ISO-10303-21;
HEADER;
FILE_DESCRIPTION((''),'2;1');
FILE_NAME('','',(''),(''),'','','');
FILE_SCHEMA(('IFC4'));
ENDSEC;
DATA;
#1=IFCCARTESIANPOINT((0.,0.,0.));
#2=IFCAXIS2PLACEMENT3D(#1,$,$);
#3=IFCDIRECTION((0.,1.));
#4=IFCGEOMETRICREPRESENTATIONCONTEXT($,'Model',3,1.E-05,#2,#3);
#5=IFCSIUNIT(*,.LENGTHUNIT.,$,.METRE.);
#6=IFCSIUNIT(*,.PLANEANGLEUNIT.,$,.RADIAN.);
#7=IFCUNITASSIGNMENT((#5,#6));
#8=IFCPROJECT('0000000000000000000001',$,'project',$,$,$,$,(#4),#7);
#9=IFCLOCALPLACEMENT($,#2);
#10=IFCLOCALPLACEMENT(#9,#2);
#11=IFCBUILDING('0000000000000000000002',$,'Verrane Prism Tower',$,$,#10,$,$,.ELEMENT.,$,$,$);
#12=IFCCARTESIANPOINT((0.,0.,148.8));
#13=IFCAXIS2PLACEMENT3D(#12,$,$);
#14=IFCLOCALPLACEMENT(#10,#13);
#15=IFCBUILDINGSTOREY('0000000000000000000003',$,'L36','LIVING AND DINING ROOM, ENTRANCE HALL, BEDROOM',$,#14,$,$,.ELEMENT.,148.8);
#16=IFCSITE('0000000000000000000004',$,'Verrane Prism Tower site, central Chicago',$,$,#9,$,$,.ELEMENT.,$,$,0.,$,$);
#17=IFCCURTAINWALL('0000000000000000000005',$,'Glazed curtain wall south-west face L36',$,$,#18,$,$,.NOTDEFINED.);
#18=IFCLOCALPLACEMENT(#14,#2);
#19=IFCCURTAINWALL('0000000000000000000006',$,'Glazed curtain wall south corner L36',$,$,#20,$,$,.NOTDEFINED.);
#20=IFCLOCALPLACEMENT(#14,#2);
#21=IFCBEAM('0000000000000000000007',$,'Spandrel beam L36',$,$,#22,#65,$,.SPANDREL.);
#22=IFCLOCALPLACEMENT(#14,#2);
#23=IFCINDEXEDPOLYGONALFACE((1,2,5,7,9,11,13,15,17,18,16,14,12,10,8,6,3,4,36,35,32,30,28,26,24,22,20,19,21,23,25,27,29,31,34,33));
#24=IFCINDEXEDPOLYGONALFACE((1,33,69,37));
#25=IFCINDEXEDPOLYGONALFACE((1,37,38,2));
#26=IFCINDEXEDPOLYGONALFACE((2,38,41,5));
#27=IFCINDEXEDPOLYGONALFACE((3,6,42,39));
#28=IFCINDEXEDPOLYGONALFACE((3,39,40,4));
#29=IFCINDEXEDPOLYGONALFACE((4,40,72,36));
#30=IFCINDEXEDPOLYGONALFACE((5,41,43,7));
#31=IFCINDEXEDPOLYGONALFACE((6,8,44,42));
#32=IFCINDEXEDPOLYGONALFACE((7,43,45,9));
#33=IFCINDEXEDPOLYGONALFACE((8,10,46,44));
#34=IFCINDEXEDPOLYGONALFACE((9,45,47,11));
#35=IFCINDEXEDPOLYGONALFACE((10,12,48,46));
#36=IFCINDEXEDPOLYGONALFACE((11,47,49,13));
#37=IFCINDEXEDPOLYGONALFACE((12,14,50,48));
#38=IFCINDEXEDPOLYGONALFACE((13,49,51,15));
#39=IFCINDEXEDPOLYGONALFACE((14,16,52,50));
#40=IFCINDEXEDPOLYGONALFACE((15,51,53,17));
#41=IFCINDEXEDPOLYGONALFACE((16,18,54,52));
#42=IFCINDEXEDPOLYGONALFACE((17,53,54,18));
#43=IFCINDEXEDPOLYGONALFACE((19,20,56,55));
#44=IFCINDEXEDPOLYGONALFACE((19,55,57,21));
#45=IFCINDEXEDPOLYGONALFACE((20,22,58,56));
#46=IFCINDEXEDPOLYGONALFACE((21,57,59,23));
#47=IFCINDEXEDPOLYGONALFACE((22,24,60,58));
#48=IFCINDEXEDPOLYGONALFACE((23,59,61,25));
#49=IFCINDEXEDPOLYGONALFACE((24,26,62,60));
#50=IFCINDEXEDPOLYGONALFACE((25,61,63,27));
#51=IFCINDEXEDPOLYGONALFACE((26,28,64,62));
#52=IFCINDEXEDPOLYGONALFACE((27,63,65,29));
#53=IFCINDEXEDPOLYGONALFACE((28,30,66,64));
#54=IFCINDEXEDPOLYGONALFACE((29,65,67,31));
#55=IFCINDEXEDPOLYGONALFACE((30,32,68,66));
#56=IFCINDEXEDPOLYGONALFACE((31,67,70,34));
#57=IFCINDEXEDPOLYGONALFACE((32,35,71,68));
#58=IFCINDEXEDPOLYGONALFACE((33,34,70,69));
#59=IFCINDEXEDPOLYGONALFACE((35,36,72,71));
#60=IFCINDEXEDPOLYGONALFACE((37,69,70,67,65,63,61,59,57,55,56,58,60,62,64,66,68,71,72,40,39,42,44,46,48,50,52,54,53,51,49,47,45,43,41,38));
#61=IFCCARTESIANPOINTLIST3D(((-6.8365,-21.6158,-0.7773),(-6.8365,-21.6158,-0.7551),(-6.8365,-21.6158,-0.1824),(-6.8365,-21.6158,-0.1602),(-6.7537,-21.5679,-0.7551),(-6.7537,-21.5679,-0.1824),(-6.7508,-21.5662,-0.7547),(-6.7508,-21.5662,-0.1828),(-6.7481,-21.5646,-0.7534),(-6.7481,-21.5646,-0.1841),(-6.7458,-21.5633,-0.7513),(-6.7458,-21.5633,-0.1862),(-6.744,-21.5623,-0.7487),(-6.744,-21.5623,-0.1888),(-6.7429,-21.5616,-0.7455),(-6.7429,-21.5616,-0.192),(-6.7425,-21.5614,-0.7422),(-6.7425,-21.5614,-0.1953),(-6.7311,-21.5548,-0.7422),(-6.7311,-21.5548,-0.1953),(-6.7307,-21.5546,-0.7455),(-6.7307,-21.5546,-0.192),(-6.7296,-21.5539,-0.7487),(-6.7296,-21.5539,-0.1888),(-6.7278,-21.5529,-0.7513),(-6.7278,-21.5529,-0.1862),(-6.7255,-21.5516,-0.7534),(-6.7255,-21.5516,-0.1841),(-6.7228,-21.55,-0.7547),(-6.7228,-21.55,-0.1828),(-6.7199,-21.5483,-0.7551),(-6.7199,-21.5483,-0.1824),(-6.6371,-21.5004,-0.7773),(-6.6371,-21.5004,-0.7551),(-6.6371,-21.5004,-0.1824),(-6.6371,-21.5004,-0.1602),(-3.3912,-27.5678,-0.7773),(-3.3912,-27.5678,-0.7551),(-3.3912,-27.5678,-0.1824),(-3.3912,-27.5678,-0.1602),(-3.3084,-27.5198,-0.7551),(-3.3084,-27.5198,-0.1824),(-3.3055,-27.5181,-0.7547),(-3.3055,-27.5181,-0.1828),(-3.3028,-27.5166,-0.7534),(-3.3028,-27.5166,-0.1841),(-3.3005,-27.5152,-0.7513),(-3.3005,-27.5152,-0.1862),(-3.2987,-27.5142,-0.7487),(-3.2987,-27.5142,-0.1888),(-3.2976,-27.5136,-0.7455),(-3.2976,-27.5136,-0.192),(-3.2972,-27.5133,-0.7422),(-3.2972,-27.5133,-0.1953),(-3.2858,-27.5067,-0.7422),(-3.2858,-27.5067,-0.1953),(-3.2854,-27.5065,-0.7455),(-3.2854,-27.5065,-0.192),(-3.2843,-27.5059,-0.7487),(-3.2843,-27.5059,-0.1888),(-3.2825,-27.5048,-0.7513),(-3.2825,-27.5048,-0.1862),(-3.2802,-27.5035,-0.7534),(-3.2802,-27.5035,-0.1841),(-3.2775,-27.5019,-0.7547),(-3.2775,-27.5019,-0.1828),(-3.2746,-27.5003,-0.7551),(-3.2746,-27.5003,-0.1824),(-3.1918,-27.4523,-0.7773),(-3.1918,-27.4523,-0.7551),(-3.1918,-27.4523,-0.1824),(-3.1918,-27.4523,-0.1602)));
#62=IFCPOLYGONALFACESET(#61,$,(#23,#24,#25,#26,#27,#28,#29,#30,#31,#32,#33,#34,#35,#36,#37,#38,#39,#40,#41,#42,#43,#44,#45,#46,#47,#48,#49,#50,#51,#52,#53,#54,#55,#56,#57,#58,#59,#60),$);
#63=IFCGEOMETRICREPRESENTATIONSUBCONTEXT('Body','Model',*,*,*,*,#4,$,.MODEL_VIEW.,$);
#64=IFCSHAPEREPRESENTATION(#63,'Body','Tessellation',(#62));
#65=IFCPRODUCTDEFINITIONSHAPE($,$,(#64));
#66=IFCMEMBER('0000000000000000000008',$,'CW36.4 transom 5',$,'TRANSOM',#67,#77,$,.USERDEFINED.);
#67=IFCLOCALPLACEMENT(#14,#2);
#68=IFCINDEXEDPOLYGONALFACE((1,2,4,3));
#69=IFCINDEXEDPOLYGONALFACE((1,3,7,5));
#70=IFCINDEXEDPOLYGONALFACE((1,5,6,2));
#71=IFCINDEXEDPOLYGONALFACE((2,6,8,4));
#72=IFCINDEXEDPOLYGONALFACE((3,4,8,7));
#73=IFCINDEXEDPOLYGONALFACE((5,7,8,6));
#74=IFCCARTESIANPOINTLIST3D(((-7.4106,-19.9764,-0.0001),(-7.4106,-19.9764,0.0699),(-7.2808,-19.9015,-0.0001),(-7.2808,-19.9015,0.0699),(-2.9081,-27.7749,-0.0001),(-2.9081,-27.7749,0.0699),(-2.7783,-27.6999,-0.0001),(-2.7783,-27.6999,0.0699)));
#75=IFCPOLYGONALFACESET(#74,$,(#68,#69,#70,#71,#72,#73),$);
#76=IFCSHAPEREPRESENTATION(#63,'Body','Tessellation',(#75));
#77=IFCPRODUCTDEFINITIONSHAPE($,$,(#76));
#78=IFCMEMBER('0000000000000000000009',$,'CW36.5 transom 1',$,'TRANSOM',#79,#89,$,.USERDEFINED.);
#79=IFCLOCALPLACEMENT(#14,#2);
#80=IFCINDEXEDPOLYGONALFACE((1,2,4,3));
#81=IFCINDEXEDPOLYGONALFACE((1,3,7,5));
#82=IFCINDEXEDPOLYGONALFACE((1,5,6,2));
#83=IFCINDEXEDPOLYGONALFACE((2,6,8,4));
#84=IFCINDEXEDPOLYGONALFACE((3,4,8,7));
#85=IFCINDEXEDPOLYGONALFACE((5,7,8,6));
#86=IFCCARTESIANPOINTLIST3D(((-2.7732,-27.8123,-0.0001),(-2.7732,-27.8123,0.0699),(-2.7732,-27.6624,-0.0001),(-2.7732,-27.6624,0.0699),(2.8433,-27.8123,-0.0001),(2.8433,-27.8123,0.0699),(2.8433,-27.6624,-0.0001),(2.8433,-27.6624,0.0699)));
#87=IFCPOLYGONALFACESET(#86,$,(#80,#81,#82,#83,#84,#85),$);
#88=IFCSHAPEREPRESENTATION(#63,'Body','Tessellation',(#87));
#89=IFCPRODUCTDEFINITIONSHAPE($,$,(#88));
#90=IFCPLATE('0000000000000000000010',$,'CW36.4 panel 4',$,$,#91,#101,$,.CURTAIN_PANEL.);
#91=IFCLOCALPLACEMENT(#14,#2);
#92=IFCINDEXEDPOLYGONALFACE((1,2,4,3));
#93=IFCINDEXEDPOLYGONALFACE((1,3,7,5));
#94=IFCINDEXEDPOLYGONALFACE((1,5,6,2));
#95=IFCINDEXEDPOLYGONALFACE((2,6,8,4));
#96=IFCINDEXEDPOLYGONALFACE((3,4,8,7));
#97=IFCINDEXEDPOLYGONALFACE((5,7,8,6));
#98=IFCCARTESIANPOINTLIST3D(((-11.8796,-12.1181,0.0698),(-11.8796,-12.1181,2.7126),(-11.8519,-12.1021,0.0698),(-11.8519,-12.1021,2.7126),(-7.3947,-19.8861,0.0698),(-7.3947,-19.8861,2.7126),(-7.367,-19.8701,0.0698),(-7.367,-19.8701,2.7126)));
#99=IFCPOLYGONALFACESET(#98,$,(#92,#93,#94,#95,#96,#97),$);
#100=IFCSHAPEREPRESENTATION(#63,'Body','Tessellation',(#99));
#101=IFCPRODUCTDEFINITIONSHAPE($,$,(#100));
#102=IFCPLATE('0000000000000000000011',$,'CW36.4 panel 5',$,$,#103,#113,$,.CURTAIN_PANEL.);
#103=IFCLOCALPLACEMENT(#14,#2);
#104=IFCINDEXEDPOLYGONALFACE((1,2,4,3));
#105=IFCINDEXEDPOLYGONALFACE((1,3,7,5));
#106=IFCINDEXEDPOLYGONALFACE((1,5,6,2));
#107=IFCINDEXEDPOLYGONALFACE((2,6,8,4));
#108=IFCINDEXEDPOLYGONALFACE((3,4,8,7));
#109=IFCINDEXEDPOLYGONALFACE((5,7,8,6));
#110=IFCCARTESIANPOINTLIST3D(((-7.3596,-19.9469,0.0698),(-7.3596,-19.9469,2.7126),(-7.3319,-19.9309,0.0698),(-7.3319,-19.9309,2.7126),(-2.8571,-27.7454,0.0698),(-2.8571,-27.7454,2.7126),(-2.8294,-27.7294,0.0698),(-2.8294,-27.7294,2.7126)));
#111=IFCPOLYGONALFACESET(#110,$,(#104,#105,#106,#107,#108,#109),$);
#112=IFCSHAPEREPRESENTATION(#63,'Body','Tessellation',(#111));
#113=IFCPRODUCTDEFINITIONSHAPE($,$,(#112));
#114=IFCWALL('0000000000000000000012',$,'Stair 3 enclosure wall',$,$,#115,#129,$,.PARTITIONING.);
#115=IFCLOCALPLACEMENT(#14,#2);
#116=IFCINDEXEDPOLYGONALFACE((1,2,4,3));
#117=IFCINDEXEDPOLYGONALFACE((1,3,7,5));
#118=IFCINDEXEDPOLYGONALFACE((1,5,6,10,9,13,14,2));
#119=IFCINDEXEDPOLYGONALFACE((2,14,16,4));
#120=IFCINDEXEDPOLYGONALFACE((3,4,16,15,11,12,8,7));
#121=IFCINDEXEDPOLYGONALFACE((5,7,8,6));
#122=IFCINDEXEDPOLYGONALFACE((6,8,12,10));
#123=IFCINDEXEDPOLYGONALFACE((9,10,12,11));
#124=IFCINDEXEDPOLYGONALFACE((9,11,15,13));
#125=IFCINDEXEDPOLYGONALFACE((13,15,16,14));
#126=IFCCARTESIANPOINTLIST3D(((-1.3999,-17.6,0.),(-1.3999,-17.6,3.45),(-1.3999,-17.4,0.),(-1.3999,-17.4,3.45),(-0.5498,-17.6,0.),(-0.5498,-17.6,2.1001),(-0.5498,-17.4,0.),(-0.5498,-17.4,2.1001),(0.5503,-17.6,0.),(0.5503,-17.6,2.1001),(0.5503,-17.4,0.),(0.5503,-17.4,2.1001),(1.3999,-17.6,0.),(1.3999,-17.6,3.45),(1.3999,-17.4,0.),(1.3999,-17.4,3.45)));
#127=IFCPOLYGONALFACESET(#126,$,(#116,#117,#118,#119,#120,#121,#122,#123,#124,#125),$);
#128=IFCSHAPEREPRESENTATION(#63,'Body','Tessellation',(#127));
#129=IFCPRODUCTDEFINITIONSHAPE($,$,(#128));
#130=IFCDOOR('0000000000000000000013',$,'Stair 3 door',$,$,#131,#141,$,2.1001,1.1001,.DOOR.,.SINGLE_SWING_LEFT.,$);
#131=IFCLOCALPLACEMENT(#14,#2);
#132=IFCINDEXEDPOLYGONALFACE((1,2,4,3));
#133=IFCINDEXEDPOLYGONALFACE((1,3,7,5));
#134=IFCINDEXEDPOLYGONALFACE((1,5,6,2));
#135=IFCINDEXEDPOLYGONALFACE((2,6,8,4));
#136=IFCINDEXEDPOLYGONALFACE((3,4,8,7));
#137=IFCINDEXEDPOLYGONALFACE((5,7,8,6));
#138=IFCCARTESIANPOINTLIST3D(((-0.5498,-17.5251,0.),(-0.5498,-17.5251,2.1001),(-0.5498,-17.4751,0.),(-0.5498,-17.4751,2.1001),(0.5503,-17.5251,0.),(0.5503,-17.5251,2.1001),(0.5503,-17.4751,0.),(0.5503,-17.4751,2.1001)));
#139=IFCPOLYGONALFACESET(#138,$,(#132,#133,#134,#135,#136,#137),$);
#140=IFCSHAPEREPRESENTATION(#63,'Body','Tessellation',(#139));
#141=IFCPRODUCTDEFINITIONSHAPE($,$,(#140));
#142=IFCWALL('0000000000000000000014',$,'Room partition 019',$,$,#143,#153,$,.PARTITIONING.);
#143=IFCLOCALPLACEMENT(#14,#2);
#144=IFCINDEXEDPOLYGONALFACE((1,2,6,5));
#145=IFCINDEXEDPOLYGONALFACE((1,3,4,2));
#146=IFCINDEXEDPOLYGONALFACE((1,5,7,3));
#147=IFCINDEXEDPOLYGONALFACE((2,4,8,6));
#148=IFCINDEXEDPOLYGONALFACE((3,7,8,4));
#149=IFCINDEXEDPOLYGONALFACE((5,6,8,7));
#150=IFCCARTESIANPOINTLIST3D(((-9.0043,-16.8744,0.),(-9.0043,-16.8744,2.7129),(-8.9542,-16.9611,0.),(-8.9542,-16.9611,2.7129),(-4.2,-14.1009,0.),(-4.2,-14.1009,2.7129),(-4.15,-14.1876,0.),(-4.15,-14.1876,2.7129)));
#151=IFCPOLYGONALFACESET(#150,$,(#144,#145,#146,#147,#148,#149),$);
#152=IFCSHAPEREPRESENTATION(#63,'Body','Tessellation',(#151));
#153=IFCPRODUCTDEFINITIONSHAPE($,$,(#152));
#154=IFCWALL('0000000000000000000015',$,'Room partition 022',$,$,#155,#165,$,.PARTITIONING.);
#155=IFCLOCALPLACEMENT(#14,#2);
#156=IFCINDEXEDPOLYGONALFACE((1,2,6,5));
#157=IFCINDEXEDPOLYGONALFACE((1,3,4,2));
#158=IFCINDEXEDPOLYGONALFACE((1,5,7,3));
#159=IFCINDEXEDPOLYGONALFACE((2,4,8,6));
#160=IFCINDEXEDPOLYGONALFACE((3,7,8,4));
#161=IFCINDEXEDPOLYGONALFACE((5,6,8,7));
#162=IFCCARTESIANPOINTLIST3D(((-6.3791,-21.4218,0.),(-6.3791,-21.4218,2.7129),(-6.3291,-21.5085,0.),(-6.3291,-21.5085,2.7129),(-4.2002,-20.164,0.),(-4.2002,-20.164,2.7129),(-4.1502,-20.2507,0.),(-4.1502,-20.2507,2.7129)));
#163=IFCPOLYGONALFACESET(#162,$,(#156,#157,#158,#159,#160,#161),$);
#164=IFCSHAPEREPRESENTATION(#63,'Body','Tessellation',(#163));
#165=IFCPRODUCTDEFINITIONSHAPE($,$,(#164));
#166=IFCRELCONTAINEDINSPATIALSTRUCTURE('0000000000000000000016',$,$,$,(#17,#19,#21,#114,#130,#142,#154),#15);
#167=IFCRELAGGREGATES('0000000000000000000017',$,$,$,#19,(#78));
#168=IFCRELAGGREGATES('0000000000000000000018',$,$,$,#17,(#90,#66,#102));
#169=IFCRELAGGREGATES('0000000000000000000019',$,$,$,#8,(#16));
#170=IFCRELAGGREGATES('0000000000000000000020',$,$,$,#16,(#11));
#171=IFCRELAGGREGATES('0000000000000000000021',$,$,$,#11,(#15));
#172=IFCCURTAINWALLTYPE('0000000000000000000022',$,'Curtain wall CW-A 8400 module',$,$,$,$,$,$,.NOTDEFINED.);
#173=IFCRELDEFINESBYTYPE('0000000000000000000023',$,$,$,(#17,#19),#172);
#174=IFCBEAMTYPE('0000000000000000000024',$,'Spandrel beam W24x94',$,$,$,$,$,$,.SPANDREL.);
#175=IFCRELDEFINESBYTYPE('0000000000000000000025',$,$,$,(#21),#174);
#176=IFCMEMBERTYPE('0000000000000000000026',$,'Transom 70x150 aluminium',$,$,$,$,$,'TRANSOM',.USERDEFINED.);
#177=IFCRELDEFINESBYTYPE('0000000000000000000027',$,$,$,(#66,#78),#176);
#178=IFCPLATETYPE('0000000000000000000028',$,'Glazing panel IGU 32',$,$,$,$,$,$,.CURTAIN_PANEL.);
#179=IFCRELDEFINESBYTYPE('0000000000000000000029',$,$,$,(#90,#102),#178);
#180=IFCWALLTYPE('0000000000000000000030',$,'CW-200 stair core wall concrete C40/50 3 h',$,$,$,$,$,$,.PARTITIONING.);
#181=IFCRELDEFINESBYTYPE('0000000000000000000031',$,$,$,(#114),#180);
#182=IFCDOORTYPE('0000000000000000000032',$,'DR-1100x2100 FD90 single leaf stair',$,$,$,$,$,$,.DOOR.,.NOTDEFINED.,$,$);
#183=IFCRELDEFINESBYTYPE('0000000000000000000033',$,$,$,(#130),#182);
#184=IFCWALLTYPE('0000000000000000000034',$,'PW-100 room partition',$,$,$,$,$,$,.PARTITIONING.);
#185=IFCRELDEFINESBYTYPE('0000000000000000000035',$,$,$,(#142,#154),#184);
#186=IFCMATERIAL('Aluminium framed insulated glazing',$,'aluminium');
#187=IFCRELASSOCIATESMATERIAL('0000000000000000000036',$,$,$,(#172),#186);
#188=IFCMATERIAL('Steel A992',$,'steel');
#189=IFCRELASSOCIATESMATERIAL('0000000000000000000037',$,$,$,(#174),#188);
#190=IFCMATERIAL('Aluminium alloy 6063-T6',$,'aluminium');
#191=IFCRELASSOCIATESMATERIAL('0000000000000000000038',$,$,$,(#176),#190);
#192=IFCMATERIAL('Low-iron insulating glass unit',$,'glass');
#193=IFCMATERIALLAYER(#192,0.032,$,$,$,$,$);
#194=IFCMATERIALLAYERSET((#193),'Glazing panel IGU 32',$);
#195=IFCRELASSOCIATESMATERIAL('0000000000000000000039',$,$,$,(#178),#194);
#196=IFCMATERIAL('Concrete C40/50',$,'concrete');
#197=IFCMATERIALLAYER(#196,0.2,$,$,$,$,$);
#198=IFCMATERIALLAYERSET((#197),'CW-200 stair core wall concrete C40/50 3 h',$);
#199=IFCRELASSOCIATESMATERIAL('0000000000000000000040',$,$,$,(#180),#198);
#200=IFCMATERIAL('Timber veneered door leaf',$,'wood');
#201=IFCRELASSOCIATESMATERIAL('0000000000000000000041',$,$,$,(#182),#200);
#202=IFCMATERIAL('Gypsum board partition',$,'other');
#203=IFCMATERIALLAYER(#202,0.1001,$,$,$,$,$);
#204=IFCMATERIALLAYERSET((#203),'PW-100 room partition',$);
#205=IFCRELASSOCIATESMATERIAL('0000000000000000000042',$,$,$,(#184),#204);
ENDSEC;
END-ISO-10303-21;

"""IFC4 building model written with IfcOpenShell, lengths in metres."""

from ifc_helpers import new_model, si_unit, direction, frame, frame_2d, origin, origin_2d, place, context, subcontext, project, spatial, rectangle, i_section, extrude, material, layer, layer_set, material_profile, profile_set, type_object, element, fill, aggregate, save


model = new_model("IFC4")

# Units and contexts
model_context = context("Model", 3, precision=1e-05, world=origin(), true_north=direction((0.0, 1.0)))
body_context = subcontext(model_context, "Body", "Model", "MODEL_VIEW")
ifc_project = project(units=[si_unit("LENGTHUNIT", "METRE"), si_unit("PLANEANGLEUNIT", "RADIAN")], contexts=[model_context])

# Site, building, storey
site_placement = place(None, origin())
site = spatial("IfcSite", under=ifc_project, at=site_placement, Name="Verrane Prism Tower site, central Chicago", CompositionType="ELEMENT", RefElevation=0.0)
building_placement = place(site_placement, origin())
building = spatial("IfcBuilding", under=site, at=building_placement, Name="Verrane Prism Tower", CompositionType="ELEMENT")
storey_placement = place(building_placement, frame((0.0, 0.0, 148.8)))
storey = spatial("IfcBuildingStorey", under=building, at=storey_placement, Name="L36", Description="LIVING AND DINING ROOM, ENTRANCE HALL, BEDROOM", CompositionType="ELEMENT", Elevation=148.8)

# Curtain walls
ifc_material_1 = material(Name="Aluminium framed insulated glazing", Category="aluminium")
curtain_wall_type = type_object("IfcCurtainWallType", Name="Curtain wall CW-A 8400 module", PredefinedType="NOTDEFINED", material=ifc_material_1)
curtain_wall_1_placement = place(storey_placement, origin())
curtain_wall_1 = element("IfcCurtainWall", 1, at=curtain_wall_1_placement, inside=storey, type_object=curtain_wall_type, Name="Glazed curtain wall south-west face L36", PredefinedType="NOTDEFINED")
curtain_wall_2_placement = place(storey_placement, origin())
curtain_wall_2 = element("IfcCurtainWall", 2, at=curtain_wall_2_placement, inside=storey, type_object=curtain_wall_type, Name="Glazed curtain wall south corner L36", PredefinedType="NOTDEFINED")

# Beam
ifc_material_2 = material(Name="Steel A992", Category="steel")
ifc_material_profile_1 = material_profile(ifc_material_2, i_section(OverallWidth=0.2305, OverallDepth=0.6172, WebThickness=0.0132, FlangeThickness=0.0222, FilletRadius=0.0129, at=origin_2d()), Name="W24x94")
ifc_profile_set_1 = profile_set([ifc_material_profile_1], Name="Steel A992")
beam_type_1 = type_object("IfcBeamType", Name="Spandrel beam W24x94", PredefinedType="SPANDREL", material=ifc_profile_set_1)
beam_1_placement = place(storey_placement, frame((-6.7368, -21.5581, -0.4688), z_axis=(0.500979, -0.86546, 0.0), x_axis=(0.86546, 0.500979, 0.0)))
element("IfcBeam", 3, at=beam_1_placement, inside=storey, type_object=beam_type_1, Name="Spandrel beam L36", PredefinedType="SPANDREL", context=body_context, shape_type="SweptSolid", body=[
    extrude(i_section(OverallWidth=0.2305, OverallDepth=0.6172, WebThickness=0.0132, FlangeThickness=0.0222, FilletRadius=0.0129, at=origin_2d()), origin(), (0.0, 0.0, 1.0), 6.8772),
])

# Members
ifc_material_3 = material(Name="Aluminium alloy 6063-T6", Category="aluminium")
ifc_material_profile_2 = material_profile(ifc_material_3, rectangle(XDim=0.1499, YDim=0.0701, at=origin_2d()), Name="Transom 70x150 aluminium")
ifc_profile_set_2 = profile_set([ifc_material_profile_2], Name="Aluminium alloy 6063-T6")
member_type_1 = type_object("IfcMemberType", Name="Transom 70x150 aluminium", ElementType="TRANSOM", PredefinedType="USERDEFINED", material=ifc_profile_set_2)
member_1_placement = place(storey_placement, frame((-7.3457, -19.939, 0.0349), z_axis=(0.500006, -0.866022, 0.0), x_axis=(0.866022, 0.500006, 0.0)))
member_1 = element("IfcMember", 4, at=member_1_placement, type_object=member_type_1, Name="CW36.4 transom 5", ObjectType="TRANSOM", PredefinedType="USERDEFINED", context=body_context, shape_type="SweptSolid", body=[
    extrude(rectangle(XDim=0.1499, YDim=0.0701, at=origin_2d()), origin(), (0.0, 0.0, 1.0), 9.0049),
])
member_2_placement = place(storey_placement, frame((-2.7732, -27.7373, 0.0349), z_axis=(1.0, 0.0, 0.0), x_axis=(0.0, 1.0, 0.0)))
member_2 = element("IfcMember", 5, at=member_2_placement, type_object=member_type_1, Name="CW36.5 transom 1", ObjectType="TRANSOM", PredefinedType="USERDEFINED", context=body_context, shape_type="SweptSolid", body=[
    extrude(rectangle(XDim=0.1499, YDim=0.0701, at=origin_2d()), origin(), (0.0, 0.0, 1.0), 5.6165),
])
aggregate(curtain_wall_2, [member_2])

# Plates
ifc_material_4 = material(Name="Low-iron insulating glass unit", Category="glass")
ifc_layer_1 = layer(ifc_material_4, 0.032)
ifc_layer_set_1 = layer_set([ifc_layer_1], Name="Glazing panel IGU 32")
plate_type = type_object("IfcPlateType", Name="Glazing panel IGU 32", PredefinedType="CURTAIN_PANEL", material=ifc_layer_set_1)
plate_1_placement = place(storey_placement, frame((-9.6233, -15.9941, 0.0698), z_axis=(0.0, 0.0, 1.0), x_axis=(0.500001, -0.866025, 0.0)))
plate_1 = element("IfcPlate", 6, at=plate_1_placement, type_object=plate_type, Name="CW36.4 panel 4", PredefinedType="CURTAIN_PANEL", context=body_context, shape_type="SweptSolid", body=[
    extrude(rectangle(XDim=8.9697, YDim=0.032, at=origin_2d()), origin(), (0.0, 0.0, 1.0), 2.6428),
])
plate_2_placement = place(storey_placement, frame((-5.0945, -23.8381, 0.0698), z_axis=(0.0, 0.0, 1.0), x_axis=(0.500001, -0.866025, 0.0)))
plate_2 = element("IfcPlate", 7, at=plate_2_placement, type_object=plate_type, Name="CW36.4 panel 5", PredefinedType="CURTAIN_PANEL", context=body_context, shape_type="SweptSolid", body=[
    extrude(rectangle(XDim=9.0049, YDim=0.032, at=origin_2d()), origin(), (0.0, 0.0, 1.0), 2.6428),
])
aggregate(curtain_wall_1, [plate_1, member_1, plate_2])

# Wall, opening, door
ifc_material_5 = material(Name="Concrete C40/50", Category="concrete")
ifc_layer_2 = layer(ifc_material_5, 0.2)
ifc_layer_set_2 = layer_set([ifc_layer_2], Name="CW-200 stair core wall concrete C40/50 3 h")
wall_type_1 = type_object("IfcWallType", Name="CW-200 stair core wall concrete C40/50 3 h", PredefinedType="PARTITIONING", material=ifc_layer_set_2)
wall_1_placement = place(storey_placement, frame((-1.3999, -17.5, 0.0), z_axis=(0.0, 0.0, 1.0), x_axis=(1.0, 0.0, 0.0)))
wall_1 = element("IfcWall", 8, at=wall_1_placement, inside=storey, type_object=wall_type_1, Name="Stair 3 enclosure wall", PredefinedType="PARTITIONING", context=body_context, shape_type="SweptSolid", body=[
    extrude(rectangle(XDim=2.7998, YDim=0.2, at=frame_2d((1.3999, 0.0))), origin(), (0.0, 0.0, 1.0), 3.45),
])
opening_1_placement = place(wall_1_placement, frame((0.8501, 0.0, 0.0)))
opening_1 = element("IfcOpeningElement", 9, at=opening_1_placement, cuts=wall_1, PredefinedType="OPENING", context=body_context, shape_type="SweptSolid", body=[
    extrude(rectangle(XDim=1.1001, YDim=2.1001, at=frame_2d((0.55, 1.05))), frame((0.0, 0.1099, 0.0), z_axis=(0.0, -1.0, 0.0), x_axis=(1.0, 0.0, 0.0)), (0.0, 0.0, 1.0), 0.22),
])
ifc_material_6 = material(Name="Timber veneered door leaf", Category="wood")
door_type_1 = type_object("IfcDoorType", Name="DR-1100x2100 FD90 single leaf stair", OperationType="NOTDEFINED", PredefinedType="DOOR", material=ifc_material_6)
door_1_placement = place(opening_1_placement, origin())
door_1 = element("IfcDoor", 10, at=door_1_placement, inside=storey, type_object=door_type_1, Name="Stair 3 door", OperationType="SINGLE_SWING_LEFT", OverallHeight=2.1001, OverallWidth=1.1001, PredefinedType="DOOR", context=body_context, shape_type="SweptSolid", body=[
    extrude(rectangle(XDim=1.1001, YDim=2.1001, at=frame_2d((0.55, 1.05))), frame((0.0, 0.0249, 0.0), z_axis=(0.0, -1.0, 0.0), x_axis=(1.0, 0.0, 0.0)), (0.0, 0.0, 1.0), 0.05),
])
fill(opening_1, door_1)

# Walls
ifc_material_7 = material(Name="Gypsum board partition", Category="other")
ifc_layer_3 = layer(ifc_material_7, 0.1001)
ifc_layer_set_3 = layer_set([ifc_layer_3], Name="PW-100 room partition")
wall_type_2 = type_object("IfcWallType", Name="PW-100 room partition", PredefinedType="PARTITIONING", material=ifc_layer_set_3)
wall_2_placement = place(storey_placement, frame((-8.9792, -16.9177, 0.0), z_axis=(0.0, 0.0, 1.0), x_axis=(0.866046, 0.499964, 0.0)))
element("IfcWall", 11, at=wall_2_placement, inside=storey, type_object=wall_type_2, Name="Room partition 019", PredefinedType="PARTITIONING", context=body_context, shape_type="SweptSolid", body=[
    extrude(rectangle(XDim=5.5474, YDim=0.1001, at=frame_2d((2.7737, 0.0))), origin(), (0.0, 0.0, 1.0), 2.7129),
])
wall_3_placement = place(storey_placement, frame((-6.354, -21.4651, 0.0), z_axis=(0.0, 0.0, 1.0), x_axis=(0.866061, 0.499938, 0.0)))
element("IfcWall", 12, at=wall_3_placement, inside=storey, type_object=wall_type_2, Name="Room partition 022", PredefinedType="PARTITIONING", context=body_context, shape_type="SweptSolid", body=[
    extrude(rectangle(XDim=2.5159, YDim=0.1001, at=frame_2d((1.2578, 0.0))), origin(), (0.0, 0.0, 1.0), 2.7129),
])

save(model, "model.ifc")
